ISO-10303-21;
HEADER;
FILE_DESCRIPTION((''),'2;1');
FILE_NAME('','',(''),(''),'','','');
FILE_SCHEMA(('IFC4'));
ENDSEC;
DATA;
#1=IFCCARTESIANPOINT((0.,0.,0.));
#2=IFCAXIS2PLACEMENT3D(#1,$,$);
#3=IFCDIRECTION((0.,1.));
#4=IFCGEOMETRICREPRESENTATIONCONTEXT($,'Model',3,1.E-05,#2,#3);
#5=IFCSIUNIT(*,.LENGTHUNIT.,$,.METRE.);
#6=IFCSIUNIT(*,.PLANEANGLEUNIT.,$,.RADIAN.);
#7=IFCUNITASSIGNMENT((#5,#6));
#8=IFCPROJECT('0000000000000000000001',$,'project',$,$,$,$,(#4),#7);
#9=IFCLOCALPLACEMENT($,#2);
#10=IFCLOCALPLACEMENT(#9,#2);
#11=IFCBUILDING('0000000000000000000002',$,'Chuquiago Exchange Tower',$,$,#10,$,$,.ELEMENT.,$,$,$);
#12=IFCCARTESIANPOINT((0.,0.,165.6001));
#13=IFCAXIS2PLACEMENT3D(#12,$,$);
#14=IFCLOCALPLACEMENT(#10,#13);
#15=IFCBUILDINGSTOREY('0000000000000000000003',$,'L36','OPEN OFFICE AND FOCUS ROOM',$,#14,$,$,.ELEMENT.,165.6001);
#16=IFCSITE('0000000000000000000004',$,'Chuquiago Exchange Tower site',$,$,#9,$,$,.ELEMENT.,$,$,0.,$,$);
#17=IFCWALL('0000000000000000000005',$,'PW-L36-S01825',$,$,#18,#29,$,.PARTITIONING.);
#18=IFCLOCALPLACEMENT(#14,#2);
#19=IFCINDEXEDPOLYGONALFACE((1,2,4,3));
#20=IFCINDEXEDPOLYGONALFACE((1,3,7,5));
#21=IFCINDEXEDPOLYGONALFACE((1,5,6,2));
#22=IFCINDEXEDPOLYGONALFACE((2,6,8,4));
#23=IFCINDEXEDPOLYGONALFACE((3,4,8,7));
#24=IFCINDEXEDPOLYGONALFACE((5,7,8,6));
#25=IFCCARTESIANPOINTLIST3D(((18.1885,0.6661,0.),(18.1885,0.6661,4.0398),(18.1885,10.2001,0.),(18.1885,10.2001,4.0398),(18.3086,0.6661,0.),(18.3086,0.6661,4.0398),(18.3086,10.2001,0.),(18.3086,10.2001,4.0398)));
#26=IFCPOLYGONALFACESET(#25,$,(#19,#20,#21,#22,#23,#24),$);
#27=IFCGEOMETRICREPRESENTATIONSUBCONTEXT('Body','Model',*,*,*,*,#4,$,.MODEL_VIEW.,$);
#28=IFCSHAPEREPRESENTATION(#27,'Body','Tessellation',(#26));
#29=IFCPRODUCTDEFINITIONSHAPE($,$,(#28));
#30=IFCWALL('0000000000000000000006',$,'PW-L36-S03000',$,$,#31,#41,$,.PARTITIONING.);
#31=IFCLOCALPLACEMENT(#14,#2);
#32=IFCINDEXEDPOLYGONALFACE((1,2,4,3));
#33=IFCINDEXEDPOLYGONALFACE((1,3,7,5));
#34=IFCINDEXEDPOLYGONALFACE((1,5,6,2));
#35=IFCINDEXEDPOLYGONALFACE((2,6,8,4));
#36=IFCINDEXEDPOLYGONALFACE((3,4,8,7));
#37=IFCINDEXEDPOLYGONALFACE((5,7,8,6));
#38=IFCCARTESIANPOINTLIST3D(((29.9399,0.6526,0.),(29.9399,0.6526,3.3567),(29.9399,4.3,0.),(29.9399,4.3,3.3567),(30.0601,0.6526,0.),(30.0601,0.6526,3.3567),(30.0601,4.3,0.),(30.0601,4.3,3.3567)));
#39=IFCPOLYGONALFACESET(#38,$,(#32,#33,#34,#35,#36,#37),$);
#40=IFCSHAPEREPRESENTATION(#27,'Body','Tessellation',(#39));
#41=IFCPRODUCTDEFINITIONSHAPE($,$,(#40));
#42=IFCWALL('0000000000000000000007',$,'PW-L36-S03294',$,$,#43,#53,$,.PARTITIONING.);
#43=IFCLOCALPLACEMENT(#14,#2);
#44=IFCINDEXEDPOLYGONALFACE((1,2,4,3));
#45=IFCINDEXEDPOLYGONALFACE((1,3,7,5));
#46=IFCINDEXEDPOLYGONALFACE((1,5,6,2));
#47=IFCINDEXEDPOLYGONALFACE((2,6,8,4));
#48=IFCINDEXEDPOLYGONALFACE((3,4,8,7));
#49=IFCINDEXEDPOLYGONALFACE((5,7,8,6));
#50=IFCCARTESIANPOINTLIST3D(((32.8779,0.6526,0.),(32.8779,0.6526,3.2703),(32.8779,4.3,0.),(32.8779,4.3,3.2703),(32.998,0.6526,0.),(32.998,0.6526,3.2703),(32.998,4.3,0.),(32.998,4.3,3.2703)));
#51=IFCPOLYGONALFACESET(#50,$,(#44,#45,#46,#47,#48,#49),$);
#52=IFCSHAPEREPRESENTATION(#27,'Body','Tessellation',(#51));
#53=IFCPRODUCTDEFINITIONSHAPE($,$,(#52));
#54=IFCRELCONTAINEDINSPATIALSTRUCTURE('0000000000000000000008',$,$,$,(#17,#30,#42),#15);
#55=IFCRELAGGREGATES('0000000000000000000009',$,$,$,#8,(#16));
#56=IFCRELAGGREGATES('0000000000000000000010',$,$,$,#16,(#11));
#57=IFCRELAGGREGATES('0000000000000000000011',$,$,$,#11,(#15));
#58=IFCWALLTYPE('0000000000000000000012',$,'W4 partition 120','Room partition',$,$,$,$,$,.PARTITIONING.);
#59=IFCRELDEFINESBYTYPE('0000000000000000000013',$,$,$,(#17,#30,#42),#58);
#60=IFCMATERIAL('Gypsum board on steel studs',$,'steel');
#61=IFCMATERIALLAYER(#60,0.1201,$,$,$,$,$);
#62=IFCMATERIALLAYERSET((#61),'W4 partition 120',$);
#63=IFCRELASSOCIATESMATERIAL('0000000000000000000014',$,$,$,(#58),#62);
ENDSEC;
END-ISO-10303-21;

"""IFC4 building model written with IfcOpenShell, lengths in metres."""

from ifc_helpers import new_model, si_unit, direction, frame, frame_2d, origin, place, context, subcontext, project, spatial, rectangle, extrude, material, layer, layer_set, type_object, element, save


model = new_model("IFC4")

# Units and contexts
model_context = context("Model", 3, precision=1e-05, world=origin(), true_north=direction((0.0, 1.0)))
body_context = subcontext(model_context, "Body", "Model", "MODEL_VIEW")
ifc_project = project(units=[si_unit("LENGTHUNIT", "METRE"), si_unit("PLANEANGLEUNIT", "RADIAN")], contexts=[model_context])

# Site, building, storey
site_placement = place(None, origin())
site = spatial("IfcSite", under=ifc_project, at=site_placement, Name="Chuquiago Exchange Tower site", CompositionType="ELEMENT", RefElevation=0.0)
building_placement = place(site_placement, origin())
building = spatial("IfcBuilding", under=site, at=building_placement, Name="Chuquiago Exchange Tower", CompositionType="ELEMENT")
storey_placement = place(building_placement, frame((0.0, 0.0, 165.6001)))
storey = spatial("IfcBuildingStorey", under=building, at=storey_placement, Name="L36", Description="OPEN OFFICE AND FOCUS ROOM", CompositionType="ELEMENT", Elevation=165.6001)

# Walls
ifc_material_1 = material(Name="Gypsum board on steel studs", Category="steel")
ifc_layer_1 = layer(ifc_material_1, 0.1201)
ifc_layer_set_1 = layer_set([ifc_layer_1], Name="W4 partition 120")
wall_type_1 = type_object("IfcWallType", Name="W4 partition 120", Description="Room partition", PredefinedType="PARTITIONING", material=ifc_layer_set_1)
wall_1_placement = place(storey_placement, frame((18.2485, 0.666, 0.0), z_axis=(0.0, 0.0, 1.0), x_axis=(0.0, 1.0, 0.0)))
element("IfcWall", 1, at=wall_1_placement, inside=storey, type_object=wall_type_1, Name="PW-L36-S01825", PredefinedType="PARTITIONING", context=body_context, shape_type="SweptSolid", body=[
    extrude(rectangle(XDim=9.5339, YDim=0.1201, at=frame_2d((4.7671, 0.0))), origin(), (0.0, 0.0, 1.0), 4.0398),
])
wall_2_placement = place(storey_placement, frame((30.0, 0.6526, 0.0), z_axis=(0.0, 0.0, 1.0), x_axis=(0.0, 1.0, 0.0)))
element("IfcWall", 2, at=wall_2_placement, inside=storey, type_object=wall_type_1, Name="PW-L36-S03000", PredefinedType="PARTITIONING", context=body_context, shape_type="SweptSolid", body=[
    extrude(rectangle(XDim=3.6475, YDim=0.1201, at=frame_2d((1.8237, 0.0))), origin(), (0.0, 0.0, 1.0), 3.3567),
])
wall_3_placement = place(storey_placement, frame((32.938, 0.6526, 0.0), z_axis=(0.0, 0.0, 1.0), x_axis=(0.0, 1.0, 0.0)))
element("IfcWall", 3, at=wall_3_placement, inside=storey, type_object=wall_type_1, Name="PW-L36-S03294", PredefinedType="PARTITIONING", context=body_context, shape_type="SweptSolid", body=[
    extrude(rectangle(XDim=3.6475, YDim=0.1201, at=frame_2d((1.8237, 0.0))), origin(), (0.0, 0.0, 1.0), 3.2703),
])

save(model, "model.ifc")
